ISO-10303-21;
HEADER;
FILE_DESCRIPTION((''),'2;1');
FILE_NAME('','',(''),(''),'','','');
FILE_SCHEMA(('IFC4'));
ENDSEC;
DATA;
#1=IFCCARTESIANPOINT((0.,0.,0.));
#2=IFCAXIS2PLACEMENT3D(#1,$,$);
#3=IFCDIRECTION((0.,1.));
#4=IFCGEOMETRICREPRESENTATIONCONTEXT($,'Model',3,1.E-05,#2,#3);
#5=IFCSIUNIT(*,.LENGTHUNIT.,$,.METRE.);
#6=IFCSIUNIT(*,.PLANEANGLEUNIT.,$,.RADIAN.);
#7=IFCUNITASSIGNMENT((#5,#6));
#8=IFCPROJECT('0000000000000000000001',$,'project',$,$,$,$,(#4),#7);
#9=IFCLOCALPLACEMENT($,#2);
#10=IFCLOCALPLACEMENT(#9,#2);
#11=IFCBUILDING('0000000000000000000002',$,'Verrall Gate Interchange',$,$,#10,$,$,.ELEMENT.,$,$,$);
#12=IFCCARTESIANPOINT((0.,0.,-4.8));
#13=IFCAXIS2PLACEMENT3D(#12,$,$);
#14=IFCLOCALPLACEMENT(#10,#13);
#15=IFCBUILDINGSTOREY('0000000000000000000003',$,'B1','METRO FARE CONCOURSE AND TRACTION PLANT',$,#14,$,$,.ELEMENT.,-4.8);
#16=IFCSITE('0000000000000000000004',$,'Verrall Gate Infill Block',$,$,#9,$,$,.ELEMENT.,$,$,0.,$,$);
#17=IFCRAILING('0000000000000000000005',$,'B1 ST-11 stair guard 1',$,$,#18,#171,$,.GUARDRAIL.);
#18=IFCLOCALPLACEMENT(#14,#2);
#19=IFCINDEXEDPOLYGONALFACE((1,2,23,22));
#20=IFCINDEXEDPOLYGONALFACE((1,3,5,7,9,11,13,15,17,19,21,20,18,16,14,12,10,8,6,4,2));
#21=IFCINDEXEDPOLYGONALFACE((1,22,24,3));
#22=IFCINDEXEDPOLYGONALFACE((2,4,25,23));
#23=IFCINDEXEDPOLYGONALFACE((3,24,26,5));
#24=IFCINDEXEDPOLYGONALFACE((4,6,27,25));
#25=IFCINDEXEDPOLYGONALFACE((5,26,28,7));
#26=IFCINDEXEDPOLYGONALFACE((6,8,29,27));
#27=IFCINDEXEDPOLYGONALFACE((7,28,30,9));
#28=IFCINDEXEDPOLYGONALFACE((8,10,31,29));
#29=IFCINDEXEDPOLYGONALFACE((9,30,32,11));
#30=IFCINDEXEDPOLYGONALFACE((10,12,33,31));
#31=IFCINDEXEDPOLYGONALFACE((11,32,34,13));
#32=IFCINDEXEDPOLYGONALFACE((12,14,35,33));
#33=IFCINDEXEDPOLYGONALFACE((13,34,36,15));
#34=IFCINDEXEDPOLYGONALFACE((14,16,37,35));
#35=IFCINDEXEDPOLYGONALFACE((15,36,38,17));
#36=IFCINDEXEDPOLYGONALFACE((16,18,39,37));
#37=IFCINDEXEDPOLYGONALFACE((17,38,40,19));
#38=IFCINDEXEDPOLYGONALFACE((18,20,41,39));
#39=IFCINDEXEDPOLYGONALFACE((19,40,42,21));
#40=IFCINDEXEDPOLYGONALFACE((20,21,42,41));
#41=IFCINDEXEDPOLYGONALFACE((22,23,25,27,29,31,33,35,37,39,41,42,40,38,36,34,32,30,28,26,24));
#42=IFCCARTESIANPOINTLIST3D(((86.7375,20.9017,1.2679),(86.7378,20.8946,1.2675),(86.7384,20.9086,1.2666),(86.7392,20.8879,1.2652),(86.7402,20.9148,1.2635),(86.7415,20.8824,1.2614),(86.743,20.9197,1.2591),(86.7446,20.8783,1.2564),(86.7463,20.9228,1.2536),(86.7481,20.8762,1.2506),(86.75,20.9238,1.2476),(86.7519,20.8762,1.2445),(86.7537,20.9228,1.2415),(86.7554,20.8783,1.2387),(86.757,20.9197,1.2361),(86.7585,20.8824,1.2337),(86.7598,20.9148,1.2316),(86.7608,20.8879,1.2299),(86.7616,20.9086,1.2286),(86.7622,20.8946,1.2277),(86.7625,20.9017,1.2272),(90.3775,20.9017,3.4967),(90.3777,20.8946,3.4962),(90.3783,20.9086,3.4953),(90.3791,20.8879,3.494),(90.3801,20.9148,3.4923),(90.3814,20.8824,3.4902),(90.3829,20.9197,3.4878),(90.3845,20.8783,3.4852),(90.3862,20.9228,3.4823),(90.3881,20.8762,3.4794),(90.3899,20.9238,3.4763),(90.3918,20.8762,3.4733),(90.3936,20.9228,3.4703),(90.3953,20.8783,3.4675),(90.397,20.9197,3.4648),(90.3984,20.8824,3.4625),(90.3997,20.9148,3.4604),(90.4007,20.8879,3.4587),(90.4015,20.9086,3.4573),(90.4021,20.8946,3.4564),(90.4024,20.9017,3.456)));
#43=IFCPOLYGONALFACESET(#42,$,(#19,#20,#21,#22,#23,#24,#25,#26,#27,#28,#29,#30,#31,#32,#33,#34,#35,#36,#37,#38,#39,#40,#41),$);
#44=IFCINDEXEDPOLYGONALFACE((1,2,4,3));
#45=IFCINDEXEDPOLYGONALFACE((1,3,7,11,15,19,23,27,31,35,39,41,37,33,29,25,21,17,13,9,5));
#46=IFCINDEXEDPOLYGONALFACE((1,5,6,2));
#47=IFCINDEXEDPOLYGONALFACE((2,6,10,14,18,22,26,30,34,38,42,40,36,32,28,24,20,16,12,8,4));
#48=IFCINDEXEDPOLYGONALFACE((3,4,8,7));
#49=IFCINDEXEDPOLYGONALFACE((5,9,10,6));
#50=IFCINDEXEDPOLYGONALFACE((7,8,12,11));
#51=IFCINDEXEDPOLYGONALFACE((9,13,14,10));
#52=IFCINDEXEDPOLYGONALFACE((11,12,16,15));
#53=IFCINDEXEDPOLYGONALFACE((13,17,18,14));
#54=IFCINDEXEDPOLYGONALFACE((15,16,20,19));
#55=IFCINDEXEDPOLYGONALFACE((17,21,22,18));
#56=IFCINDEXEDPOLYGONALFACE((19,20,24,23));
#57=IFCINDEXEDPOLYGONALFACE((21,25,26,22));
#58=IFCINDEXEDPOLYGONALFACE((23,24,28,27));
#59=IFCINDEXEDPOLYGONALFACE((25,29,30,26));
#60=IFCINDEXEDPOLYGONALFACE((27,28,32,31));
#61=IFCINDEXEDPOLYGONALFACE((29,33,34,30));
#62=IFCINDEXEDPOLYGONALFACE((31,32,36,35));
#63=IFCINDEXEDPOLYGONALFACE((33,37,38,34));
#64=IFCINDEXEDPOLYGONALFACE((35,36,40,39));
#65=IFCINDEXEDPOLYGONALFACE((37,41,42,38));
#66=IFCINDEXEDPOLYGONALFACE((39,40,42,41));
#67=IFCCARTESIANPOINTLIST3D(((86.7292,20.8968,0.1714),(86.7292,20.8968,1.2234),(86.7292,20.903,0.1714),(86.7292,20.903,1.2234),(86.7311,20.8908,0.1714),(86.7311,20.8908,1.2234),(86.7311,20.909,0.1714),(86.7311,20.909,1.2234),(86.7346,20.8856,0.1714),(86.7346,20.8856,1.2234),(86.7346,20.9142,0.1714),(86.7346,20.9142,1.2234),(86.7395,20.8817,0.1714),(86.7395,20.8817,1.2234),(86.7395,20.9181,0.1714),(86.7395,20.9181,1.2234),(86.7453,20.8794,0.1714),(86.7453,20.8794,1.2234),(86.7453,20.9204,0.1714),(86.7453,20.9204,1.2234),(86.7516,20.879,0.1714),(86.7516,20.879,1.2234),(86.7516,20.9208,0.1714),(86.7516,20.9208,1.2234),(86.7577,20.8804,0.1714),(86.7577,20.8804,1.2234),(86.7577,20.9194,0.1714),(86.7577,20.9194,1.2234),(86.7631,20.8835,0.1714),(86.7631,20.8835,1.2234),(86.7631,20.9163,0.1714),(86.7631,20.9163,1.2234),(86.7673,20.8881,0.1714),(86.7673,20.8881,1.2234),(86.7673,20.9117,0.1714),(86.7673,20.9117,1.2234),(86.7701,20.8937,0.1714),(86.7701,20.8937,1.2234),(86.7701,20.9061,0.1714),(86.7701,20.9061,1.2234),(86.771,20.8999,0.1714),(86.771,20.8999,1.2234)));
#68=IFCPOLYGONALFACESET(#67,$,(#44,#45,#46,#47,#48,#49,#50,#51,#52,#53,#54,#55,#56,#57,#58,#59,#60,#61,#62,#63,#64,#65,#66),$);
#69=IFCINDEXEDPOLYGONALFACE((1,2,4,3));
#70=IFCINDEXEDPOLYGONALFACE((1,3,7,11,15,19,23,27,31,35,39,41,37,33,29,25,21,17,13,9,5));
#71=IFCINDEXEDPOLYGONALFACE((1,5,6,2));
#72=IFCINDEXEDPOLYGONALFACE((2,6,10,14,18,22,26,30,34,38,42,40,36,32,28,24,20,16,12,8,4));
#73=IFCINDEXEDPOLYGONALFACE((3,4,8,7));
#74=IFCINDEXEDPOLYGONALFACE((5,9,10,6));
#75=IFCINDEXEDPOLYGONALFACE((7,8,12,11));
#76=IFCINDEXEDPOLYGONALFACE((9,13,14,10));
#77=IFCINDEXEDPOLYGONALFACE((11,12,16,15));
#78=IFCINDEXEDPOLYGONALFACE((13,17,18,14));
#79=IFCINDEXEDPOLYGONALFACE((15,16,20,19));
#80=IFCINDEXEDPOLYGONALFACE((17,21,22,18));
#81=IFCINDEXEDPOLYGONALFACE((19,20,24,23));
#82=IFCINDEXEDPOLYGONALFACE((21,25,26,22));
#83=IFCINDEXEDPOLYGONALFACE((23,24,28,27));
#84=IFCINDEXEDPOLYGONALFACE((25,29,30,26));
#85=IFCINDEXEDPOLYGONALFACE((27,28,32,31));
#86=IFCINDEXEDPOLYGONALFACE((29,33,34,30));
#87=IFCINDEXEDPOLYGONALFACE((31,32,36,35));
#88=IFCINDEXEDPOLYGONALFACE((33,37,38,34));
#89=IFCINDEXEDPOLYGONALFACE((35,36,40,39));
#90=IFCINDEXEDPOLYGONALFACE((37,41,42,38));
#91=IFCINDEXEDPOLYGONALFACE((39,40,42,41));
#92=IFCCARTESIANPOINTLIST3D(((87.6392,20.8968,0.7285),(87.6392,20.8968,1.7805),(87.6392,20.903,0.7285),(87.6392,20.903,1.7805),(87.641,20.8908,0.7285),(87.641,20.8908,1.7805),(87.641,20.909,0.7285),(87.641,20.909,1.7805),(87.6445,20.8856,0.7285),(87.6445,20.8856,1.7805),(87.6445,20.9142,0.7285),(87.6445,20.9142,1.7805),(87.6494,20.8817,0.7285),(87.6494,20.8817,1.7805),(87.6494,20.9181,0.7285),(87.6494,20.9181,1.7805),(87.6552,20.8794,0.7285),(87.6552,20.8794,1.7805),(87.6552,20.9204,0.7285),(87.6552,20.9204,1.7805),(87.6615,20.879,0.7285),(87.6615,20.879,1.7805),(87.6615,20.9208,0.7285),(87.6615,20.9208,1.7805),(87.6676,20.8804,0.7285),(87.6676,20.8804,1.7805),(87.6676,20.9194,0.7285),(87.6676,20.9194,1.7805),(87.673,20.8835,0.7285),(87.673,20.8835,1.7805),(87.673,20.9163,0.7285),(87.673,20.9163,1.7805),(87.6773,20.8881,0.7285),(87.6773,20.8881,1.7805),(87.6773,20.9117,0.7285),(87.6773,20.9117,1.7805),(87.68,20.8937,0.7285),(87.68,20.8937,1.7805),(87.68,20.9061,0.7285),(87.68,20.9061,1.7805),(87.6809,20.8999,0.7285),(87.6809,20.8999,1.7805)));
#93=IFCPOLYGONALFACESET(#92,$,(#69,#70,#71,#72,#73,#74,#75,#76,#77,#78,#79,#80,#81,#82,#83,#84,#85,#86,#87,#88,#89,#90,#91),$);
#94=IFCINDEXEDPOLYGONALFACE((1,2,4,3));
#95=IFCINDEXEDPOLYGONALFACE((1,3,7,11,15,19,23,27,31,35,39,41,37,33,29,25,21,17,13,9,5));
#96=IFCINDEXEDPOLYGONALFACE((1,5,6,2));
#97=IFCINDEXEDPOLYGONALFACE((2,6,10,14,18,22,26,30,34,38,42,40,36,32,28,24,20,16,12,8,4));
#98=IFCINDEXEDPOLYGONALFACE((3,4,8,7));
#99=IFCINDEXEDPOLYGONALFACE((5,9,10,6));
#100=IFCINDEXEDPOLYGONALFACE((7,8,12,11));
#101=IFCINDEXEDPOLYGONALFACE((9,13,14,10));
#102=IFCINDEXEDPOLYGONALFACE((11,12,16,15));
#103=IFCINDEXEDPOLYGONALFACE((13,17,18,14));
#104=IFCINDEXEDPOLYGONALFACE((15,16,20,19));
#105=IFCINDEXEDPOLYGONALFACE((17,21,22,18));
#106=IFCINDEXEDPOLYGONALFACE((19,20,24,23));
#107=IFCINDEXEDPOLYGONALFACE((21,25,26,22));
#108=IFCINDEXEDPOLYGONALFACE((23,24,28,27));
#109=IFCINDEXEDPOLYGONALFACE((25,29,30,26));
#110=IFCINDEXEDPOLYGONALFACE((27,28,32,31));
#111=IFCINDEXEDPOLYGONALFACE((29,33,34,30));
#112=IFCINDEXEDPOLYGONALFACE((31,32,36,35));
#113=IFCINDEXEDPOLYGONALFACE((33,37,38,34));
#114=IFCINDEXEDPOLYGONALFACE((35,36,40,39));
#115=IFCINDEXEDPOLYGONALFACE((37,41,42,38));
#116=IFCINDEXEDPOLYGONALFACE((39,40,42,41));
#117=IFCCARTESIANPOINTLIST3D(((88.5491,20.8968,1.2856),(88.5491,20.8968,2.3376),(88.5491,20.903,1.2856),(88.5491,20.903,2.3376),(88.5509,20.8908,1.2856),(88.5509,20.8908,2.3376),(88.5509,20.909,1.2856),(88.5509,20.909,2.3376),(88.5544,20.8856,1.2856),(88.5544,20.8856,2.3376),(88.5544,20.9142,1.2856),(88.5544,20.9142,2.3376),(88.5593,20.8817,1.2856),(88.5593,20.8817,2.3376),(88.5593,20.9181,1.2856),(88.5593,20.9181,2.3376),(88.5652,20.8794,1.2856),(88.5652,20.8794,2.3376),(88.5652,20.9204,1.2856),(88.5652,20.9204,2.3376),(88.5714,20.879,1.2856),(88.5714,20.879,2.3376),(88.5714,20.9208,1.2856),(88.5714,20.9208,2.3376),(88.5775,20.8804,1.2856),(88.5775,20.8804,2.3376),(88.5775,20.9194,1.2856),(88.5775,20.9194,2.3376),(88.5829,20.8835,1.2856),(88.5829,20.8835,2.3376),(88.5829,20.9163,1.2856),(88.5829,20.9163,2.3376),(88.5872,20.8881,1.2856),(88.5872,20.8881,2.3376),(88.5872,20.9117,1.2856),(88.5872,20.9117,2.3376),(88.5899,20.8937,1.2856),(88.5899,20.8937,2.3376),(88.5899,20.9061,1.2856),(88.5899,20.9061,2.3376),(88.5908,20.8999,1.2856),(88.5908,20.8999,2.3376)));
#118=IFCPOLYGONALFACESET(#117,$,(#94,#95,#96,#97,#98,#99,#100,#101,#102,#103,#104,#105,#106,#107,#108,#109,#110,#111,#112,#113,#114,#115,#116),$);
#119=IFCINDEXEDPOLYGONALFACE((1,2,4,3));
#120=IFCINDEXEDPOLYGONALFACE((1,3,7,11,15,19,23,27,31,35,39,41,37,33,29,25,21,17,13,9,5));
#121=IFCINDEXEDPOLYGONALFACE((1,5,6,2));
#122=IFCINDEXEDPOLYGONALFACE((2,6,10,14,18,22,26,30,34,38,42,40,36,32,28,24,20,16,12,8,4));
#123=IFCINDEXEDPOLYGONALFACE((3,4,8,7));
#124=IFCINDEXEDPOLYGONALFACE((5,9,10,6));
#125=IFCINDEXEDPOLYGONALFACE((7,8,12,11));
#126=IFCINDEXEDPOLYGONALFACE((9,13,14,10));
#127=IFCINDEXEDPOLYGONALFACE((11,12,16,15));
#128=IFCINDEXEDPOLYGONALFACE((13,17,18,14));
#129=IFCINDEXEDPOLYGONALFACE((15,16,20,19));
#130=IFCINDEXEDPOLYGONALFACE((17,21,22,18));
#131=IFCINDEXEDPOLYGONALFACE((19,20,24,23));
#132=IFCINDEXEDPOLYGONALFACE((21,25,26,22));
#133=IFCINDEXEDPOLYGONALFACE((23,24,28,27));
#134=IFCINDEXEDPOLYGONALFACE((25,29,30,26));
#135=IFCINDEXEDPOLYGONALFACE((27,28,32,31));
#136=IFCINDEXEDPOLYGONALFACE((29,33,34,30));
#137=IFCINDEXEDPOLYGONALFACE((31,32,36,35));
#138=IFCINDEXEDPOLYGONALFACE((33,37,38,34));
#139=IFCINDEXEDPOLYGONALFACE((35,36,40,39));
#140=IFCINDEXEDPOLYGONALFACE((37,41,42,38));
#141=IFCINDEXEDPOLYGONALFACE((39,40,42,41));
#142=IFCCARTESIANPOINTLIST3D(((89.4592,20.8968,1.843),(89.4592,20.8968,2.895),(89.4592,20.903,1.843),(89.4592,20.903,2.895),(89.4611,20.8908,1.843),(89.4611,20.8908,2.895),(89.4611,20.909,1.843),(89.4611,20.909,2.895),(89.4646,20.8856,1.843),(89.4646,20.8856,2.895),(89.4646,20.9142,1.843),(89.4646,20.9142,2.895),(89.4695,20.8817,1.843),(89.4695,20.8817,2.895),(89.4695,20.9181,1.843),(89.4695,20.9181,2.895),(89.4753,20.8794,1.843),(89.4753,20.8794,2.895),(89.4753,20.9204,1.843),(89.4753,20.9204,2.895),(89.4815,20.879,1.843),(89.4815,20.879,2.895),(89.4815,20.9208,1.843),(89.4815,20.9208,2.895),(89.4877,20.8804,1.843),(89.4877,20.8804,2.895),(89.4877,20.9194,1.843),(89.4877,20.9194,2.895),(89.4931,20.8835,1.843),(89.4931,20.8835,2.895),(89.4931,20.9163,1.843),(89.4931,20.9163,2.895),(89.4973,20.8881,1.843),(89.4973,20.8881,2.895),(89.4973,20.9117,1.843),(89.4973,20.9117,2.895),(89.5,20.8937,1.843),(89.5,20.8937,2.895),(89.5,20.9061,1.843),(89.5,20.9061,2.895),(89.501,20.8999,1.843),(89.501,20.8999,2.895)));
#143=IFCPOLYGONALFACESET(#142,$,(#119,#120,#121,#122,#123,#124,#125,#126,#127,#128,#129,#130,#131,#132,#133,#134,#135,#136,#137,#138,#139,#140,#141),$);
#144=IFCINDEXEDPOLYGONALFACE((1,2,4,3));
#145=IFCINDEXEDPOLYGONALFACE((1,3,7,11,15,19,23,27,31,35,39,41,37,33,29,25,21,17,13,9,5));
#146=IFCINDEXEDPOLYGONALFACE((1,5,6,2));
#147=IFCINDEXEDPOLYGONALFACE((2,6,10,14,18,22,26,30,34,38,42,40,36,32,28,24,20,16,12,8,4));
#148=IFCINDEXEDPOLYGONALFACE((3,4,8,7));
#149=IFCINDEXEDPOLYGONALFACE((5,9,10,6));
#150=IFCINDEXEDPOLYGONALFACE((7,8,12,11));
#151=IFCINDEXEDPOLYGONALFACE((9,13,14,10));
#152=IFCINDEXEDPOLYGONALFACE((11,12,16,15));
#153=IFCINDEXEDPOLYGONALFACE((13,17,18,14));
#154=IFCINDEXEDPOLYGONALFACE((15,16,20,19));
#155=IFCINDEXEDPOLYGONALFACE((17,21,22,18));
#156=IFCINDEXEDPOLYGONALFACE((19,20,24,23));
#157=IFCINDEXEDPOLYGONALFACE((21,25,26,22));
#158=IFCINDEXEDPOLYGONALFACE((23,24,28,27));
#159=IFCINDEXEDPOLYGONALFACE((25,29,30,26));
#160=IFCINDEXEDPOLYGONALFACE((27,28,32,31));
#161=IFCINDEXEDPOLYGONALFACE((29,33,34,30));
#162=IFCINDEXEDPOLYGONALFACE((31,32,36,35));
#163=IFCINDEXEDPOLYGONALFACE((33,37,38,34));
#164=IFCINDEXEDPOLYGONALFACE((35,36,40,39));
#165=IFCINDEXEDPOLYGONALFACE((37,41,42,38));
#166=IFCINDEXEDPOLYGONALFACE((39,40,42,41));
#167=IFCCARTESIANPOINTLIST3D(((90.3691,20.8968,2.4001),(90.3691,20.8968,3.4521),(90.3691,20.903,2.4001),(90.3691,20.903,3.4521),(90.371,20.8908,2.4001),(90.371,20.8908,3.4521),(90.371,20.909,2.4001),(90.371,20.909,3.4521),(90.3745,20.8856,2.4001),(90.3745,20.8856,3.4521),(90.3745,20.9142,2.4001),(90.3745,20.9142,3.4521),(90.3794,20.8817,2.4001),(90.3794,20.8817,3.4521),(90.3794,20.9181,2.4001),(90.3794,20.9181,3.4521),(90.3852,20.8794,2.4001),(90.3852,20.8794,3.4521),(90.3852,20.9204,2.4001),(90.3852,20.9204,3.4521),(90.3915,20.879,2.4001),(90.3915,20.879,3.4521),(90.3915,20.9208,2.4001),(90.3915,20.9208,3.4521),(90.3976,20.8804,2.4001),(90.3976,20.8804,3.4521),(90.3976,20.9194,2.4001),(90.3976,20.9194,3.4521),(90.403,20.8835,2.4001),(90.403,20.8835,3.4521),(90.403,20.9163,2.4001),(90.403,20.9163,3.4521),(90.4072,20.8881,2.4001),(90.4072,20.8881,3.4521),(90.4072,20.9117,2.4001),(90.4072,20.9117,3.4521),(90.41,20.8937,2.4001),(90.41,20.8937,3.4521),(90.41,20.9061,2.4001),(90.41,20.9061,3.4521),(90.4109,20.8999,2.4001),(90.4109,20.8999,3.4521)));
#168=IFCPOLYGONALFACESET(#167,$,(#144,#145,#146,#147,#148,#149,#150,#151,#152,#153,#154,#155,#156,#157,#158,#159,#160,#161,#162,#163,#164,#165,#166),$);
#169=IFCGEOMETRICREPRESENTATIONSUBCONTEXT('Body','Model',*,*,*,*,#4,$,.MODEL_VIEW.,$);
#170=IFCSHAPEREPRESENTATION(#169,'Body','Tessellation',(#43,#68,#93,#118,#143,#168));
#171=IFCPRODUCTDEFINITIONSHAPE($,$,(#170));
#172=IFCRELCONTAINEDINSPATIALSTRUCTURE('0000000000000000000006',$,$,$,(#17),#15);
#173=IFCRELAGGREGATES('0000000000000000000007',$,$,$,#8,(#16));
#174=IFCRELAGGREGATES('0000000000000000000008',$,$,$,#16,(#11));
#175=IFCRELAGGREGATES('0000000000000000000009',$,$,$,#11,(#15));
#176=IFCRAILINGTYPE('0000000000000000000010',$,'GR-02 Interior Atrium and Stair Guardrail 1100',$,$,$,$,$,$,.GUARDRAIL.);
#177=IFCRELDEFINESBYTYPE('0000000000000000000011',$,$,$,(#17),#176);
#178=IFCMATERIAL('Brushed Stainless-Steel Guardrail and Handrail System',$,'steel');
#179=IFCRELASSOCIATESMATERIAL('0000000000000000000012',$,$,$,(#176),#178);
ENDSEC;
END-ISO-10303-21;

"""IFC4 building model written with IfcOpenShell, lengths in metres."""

from ifc_helpers import new_model, si_unit, direction, frame, origin, origin_2d, place, context, subcontext, project, spatial, circle, extrude, material, type_object, element, save


model = new_model("IFC4")

# Units and contexts
model_context = context("Model", 3, precision=1e-05, world=origin(), true_north=direction((0.0, 1.0)))
body_context = subcontext(model_context, "Body", "Model", "MODEL_VIEW")
ifc_project = project(units=[si_unit("LENGTHUNIT", "METRE"), si_unit("PLANEANGLEUNIT", "RADIAN")], contexts=[model_context])

# Site, building, storey
site_placement = place(None, origin())
site = spatial("IfcSite", under=ifc_project, at=site_placement, Name="Verrall Gate Infill Block", CompositionType="ELEMENT", RefElevation=0.0)
building_placement = place(site_placement, origin())
building = spatial("IfcBuilding", under=site, at=building_placement, Name="Verrall Gate Interchange", CompositionType="ELEMENT")
storey_placement = place(building_placement, frame((0.0, 0.0, -4.8)))
storey = spatial("IfcBuildingStorey", under=building, at=storey_placement, Name="B1", Description="METRO FARE CONCOURSE AND TRACTION PLANT", CompositionType="ELEMENT", Elevation=-4.8)

# Railing
ifc_material_1 = material(Name="Brushed Stainless-Steel Guardrail and Handrail System", Category="steel")
railing_type_1 = type_object("IfcRailingType", Name="GR-02 Interior Atrium and Stair Guardrail 1100", PredefinedType="GUARDRAIL", material=ifc_material_1)
railing_1_placement = place(storey_placement, frame((86.75, 20.8999, 0.1714)))
element("IfcRailing", 1, at=railing_1_placement, inside=storey, type_object=railing_type_1, Name="B1 ST-11 stair guard 1", PredefinedType="GUARDRAIL", context=body_context, shape_type="SweptSolid", body=[
    extrude(circle(Radius=0.0239, at=origin_2d()), frame((0.0, 0.0, 1.0762), z_axis=(0.852825, 0.0, 0.522197), x_axis=(0.0, 1.0, 0.0)), (0.0, 0.0, 1.0), 4.2681),
    extrude(circle(Radius=0.021, at=origin_2d()), origin(), (0.0, 0.0, 1.0), 1.052),
    extrude(circle(Radius=0.021, at=origin_2d()), frame((0.9099, 0.0, 0.5571)), (0.0, 0.0, 1.0), 1.052),
    extrude(circle(Radius=0.021, at=origin_2d()), frame((1.8198, 0.0, 1.1143)), (0.0, 0.0, 1.0), 1.052),
    extrude(circle(Radius=0.021, at=origin_2d()), frame((2.73, 0.0, 1.6716)), (0.0, 0.0, 1.0), 1.052),
    extrude(circle(Radius=0.021, at=origin_2d()), frame((3.6399, 0.0, 2.2288)), (0.0, 0.0, 1.0), 1.052),
])

save(model, "model.ifc")
